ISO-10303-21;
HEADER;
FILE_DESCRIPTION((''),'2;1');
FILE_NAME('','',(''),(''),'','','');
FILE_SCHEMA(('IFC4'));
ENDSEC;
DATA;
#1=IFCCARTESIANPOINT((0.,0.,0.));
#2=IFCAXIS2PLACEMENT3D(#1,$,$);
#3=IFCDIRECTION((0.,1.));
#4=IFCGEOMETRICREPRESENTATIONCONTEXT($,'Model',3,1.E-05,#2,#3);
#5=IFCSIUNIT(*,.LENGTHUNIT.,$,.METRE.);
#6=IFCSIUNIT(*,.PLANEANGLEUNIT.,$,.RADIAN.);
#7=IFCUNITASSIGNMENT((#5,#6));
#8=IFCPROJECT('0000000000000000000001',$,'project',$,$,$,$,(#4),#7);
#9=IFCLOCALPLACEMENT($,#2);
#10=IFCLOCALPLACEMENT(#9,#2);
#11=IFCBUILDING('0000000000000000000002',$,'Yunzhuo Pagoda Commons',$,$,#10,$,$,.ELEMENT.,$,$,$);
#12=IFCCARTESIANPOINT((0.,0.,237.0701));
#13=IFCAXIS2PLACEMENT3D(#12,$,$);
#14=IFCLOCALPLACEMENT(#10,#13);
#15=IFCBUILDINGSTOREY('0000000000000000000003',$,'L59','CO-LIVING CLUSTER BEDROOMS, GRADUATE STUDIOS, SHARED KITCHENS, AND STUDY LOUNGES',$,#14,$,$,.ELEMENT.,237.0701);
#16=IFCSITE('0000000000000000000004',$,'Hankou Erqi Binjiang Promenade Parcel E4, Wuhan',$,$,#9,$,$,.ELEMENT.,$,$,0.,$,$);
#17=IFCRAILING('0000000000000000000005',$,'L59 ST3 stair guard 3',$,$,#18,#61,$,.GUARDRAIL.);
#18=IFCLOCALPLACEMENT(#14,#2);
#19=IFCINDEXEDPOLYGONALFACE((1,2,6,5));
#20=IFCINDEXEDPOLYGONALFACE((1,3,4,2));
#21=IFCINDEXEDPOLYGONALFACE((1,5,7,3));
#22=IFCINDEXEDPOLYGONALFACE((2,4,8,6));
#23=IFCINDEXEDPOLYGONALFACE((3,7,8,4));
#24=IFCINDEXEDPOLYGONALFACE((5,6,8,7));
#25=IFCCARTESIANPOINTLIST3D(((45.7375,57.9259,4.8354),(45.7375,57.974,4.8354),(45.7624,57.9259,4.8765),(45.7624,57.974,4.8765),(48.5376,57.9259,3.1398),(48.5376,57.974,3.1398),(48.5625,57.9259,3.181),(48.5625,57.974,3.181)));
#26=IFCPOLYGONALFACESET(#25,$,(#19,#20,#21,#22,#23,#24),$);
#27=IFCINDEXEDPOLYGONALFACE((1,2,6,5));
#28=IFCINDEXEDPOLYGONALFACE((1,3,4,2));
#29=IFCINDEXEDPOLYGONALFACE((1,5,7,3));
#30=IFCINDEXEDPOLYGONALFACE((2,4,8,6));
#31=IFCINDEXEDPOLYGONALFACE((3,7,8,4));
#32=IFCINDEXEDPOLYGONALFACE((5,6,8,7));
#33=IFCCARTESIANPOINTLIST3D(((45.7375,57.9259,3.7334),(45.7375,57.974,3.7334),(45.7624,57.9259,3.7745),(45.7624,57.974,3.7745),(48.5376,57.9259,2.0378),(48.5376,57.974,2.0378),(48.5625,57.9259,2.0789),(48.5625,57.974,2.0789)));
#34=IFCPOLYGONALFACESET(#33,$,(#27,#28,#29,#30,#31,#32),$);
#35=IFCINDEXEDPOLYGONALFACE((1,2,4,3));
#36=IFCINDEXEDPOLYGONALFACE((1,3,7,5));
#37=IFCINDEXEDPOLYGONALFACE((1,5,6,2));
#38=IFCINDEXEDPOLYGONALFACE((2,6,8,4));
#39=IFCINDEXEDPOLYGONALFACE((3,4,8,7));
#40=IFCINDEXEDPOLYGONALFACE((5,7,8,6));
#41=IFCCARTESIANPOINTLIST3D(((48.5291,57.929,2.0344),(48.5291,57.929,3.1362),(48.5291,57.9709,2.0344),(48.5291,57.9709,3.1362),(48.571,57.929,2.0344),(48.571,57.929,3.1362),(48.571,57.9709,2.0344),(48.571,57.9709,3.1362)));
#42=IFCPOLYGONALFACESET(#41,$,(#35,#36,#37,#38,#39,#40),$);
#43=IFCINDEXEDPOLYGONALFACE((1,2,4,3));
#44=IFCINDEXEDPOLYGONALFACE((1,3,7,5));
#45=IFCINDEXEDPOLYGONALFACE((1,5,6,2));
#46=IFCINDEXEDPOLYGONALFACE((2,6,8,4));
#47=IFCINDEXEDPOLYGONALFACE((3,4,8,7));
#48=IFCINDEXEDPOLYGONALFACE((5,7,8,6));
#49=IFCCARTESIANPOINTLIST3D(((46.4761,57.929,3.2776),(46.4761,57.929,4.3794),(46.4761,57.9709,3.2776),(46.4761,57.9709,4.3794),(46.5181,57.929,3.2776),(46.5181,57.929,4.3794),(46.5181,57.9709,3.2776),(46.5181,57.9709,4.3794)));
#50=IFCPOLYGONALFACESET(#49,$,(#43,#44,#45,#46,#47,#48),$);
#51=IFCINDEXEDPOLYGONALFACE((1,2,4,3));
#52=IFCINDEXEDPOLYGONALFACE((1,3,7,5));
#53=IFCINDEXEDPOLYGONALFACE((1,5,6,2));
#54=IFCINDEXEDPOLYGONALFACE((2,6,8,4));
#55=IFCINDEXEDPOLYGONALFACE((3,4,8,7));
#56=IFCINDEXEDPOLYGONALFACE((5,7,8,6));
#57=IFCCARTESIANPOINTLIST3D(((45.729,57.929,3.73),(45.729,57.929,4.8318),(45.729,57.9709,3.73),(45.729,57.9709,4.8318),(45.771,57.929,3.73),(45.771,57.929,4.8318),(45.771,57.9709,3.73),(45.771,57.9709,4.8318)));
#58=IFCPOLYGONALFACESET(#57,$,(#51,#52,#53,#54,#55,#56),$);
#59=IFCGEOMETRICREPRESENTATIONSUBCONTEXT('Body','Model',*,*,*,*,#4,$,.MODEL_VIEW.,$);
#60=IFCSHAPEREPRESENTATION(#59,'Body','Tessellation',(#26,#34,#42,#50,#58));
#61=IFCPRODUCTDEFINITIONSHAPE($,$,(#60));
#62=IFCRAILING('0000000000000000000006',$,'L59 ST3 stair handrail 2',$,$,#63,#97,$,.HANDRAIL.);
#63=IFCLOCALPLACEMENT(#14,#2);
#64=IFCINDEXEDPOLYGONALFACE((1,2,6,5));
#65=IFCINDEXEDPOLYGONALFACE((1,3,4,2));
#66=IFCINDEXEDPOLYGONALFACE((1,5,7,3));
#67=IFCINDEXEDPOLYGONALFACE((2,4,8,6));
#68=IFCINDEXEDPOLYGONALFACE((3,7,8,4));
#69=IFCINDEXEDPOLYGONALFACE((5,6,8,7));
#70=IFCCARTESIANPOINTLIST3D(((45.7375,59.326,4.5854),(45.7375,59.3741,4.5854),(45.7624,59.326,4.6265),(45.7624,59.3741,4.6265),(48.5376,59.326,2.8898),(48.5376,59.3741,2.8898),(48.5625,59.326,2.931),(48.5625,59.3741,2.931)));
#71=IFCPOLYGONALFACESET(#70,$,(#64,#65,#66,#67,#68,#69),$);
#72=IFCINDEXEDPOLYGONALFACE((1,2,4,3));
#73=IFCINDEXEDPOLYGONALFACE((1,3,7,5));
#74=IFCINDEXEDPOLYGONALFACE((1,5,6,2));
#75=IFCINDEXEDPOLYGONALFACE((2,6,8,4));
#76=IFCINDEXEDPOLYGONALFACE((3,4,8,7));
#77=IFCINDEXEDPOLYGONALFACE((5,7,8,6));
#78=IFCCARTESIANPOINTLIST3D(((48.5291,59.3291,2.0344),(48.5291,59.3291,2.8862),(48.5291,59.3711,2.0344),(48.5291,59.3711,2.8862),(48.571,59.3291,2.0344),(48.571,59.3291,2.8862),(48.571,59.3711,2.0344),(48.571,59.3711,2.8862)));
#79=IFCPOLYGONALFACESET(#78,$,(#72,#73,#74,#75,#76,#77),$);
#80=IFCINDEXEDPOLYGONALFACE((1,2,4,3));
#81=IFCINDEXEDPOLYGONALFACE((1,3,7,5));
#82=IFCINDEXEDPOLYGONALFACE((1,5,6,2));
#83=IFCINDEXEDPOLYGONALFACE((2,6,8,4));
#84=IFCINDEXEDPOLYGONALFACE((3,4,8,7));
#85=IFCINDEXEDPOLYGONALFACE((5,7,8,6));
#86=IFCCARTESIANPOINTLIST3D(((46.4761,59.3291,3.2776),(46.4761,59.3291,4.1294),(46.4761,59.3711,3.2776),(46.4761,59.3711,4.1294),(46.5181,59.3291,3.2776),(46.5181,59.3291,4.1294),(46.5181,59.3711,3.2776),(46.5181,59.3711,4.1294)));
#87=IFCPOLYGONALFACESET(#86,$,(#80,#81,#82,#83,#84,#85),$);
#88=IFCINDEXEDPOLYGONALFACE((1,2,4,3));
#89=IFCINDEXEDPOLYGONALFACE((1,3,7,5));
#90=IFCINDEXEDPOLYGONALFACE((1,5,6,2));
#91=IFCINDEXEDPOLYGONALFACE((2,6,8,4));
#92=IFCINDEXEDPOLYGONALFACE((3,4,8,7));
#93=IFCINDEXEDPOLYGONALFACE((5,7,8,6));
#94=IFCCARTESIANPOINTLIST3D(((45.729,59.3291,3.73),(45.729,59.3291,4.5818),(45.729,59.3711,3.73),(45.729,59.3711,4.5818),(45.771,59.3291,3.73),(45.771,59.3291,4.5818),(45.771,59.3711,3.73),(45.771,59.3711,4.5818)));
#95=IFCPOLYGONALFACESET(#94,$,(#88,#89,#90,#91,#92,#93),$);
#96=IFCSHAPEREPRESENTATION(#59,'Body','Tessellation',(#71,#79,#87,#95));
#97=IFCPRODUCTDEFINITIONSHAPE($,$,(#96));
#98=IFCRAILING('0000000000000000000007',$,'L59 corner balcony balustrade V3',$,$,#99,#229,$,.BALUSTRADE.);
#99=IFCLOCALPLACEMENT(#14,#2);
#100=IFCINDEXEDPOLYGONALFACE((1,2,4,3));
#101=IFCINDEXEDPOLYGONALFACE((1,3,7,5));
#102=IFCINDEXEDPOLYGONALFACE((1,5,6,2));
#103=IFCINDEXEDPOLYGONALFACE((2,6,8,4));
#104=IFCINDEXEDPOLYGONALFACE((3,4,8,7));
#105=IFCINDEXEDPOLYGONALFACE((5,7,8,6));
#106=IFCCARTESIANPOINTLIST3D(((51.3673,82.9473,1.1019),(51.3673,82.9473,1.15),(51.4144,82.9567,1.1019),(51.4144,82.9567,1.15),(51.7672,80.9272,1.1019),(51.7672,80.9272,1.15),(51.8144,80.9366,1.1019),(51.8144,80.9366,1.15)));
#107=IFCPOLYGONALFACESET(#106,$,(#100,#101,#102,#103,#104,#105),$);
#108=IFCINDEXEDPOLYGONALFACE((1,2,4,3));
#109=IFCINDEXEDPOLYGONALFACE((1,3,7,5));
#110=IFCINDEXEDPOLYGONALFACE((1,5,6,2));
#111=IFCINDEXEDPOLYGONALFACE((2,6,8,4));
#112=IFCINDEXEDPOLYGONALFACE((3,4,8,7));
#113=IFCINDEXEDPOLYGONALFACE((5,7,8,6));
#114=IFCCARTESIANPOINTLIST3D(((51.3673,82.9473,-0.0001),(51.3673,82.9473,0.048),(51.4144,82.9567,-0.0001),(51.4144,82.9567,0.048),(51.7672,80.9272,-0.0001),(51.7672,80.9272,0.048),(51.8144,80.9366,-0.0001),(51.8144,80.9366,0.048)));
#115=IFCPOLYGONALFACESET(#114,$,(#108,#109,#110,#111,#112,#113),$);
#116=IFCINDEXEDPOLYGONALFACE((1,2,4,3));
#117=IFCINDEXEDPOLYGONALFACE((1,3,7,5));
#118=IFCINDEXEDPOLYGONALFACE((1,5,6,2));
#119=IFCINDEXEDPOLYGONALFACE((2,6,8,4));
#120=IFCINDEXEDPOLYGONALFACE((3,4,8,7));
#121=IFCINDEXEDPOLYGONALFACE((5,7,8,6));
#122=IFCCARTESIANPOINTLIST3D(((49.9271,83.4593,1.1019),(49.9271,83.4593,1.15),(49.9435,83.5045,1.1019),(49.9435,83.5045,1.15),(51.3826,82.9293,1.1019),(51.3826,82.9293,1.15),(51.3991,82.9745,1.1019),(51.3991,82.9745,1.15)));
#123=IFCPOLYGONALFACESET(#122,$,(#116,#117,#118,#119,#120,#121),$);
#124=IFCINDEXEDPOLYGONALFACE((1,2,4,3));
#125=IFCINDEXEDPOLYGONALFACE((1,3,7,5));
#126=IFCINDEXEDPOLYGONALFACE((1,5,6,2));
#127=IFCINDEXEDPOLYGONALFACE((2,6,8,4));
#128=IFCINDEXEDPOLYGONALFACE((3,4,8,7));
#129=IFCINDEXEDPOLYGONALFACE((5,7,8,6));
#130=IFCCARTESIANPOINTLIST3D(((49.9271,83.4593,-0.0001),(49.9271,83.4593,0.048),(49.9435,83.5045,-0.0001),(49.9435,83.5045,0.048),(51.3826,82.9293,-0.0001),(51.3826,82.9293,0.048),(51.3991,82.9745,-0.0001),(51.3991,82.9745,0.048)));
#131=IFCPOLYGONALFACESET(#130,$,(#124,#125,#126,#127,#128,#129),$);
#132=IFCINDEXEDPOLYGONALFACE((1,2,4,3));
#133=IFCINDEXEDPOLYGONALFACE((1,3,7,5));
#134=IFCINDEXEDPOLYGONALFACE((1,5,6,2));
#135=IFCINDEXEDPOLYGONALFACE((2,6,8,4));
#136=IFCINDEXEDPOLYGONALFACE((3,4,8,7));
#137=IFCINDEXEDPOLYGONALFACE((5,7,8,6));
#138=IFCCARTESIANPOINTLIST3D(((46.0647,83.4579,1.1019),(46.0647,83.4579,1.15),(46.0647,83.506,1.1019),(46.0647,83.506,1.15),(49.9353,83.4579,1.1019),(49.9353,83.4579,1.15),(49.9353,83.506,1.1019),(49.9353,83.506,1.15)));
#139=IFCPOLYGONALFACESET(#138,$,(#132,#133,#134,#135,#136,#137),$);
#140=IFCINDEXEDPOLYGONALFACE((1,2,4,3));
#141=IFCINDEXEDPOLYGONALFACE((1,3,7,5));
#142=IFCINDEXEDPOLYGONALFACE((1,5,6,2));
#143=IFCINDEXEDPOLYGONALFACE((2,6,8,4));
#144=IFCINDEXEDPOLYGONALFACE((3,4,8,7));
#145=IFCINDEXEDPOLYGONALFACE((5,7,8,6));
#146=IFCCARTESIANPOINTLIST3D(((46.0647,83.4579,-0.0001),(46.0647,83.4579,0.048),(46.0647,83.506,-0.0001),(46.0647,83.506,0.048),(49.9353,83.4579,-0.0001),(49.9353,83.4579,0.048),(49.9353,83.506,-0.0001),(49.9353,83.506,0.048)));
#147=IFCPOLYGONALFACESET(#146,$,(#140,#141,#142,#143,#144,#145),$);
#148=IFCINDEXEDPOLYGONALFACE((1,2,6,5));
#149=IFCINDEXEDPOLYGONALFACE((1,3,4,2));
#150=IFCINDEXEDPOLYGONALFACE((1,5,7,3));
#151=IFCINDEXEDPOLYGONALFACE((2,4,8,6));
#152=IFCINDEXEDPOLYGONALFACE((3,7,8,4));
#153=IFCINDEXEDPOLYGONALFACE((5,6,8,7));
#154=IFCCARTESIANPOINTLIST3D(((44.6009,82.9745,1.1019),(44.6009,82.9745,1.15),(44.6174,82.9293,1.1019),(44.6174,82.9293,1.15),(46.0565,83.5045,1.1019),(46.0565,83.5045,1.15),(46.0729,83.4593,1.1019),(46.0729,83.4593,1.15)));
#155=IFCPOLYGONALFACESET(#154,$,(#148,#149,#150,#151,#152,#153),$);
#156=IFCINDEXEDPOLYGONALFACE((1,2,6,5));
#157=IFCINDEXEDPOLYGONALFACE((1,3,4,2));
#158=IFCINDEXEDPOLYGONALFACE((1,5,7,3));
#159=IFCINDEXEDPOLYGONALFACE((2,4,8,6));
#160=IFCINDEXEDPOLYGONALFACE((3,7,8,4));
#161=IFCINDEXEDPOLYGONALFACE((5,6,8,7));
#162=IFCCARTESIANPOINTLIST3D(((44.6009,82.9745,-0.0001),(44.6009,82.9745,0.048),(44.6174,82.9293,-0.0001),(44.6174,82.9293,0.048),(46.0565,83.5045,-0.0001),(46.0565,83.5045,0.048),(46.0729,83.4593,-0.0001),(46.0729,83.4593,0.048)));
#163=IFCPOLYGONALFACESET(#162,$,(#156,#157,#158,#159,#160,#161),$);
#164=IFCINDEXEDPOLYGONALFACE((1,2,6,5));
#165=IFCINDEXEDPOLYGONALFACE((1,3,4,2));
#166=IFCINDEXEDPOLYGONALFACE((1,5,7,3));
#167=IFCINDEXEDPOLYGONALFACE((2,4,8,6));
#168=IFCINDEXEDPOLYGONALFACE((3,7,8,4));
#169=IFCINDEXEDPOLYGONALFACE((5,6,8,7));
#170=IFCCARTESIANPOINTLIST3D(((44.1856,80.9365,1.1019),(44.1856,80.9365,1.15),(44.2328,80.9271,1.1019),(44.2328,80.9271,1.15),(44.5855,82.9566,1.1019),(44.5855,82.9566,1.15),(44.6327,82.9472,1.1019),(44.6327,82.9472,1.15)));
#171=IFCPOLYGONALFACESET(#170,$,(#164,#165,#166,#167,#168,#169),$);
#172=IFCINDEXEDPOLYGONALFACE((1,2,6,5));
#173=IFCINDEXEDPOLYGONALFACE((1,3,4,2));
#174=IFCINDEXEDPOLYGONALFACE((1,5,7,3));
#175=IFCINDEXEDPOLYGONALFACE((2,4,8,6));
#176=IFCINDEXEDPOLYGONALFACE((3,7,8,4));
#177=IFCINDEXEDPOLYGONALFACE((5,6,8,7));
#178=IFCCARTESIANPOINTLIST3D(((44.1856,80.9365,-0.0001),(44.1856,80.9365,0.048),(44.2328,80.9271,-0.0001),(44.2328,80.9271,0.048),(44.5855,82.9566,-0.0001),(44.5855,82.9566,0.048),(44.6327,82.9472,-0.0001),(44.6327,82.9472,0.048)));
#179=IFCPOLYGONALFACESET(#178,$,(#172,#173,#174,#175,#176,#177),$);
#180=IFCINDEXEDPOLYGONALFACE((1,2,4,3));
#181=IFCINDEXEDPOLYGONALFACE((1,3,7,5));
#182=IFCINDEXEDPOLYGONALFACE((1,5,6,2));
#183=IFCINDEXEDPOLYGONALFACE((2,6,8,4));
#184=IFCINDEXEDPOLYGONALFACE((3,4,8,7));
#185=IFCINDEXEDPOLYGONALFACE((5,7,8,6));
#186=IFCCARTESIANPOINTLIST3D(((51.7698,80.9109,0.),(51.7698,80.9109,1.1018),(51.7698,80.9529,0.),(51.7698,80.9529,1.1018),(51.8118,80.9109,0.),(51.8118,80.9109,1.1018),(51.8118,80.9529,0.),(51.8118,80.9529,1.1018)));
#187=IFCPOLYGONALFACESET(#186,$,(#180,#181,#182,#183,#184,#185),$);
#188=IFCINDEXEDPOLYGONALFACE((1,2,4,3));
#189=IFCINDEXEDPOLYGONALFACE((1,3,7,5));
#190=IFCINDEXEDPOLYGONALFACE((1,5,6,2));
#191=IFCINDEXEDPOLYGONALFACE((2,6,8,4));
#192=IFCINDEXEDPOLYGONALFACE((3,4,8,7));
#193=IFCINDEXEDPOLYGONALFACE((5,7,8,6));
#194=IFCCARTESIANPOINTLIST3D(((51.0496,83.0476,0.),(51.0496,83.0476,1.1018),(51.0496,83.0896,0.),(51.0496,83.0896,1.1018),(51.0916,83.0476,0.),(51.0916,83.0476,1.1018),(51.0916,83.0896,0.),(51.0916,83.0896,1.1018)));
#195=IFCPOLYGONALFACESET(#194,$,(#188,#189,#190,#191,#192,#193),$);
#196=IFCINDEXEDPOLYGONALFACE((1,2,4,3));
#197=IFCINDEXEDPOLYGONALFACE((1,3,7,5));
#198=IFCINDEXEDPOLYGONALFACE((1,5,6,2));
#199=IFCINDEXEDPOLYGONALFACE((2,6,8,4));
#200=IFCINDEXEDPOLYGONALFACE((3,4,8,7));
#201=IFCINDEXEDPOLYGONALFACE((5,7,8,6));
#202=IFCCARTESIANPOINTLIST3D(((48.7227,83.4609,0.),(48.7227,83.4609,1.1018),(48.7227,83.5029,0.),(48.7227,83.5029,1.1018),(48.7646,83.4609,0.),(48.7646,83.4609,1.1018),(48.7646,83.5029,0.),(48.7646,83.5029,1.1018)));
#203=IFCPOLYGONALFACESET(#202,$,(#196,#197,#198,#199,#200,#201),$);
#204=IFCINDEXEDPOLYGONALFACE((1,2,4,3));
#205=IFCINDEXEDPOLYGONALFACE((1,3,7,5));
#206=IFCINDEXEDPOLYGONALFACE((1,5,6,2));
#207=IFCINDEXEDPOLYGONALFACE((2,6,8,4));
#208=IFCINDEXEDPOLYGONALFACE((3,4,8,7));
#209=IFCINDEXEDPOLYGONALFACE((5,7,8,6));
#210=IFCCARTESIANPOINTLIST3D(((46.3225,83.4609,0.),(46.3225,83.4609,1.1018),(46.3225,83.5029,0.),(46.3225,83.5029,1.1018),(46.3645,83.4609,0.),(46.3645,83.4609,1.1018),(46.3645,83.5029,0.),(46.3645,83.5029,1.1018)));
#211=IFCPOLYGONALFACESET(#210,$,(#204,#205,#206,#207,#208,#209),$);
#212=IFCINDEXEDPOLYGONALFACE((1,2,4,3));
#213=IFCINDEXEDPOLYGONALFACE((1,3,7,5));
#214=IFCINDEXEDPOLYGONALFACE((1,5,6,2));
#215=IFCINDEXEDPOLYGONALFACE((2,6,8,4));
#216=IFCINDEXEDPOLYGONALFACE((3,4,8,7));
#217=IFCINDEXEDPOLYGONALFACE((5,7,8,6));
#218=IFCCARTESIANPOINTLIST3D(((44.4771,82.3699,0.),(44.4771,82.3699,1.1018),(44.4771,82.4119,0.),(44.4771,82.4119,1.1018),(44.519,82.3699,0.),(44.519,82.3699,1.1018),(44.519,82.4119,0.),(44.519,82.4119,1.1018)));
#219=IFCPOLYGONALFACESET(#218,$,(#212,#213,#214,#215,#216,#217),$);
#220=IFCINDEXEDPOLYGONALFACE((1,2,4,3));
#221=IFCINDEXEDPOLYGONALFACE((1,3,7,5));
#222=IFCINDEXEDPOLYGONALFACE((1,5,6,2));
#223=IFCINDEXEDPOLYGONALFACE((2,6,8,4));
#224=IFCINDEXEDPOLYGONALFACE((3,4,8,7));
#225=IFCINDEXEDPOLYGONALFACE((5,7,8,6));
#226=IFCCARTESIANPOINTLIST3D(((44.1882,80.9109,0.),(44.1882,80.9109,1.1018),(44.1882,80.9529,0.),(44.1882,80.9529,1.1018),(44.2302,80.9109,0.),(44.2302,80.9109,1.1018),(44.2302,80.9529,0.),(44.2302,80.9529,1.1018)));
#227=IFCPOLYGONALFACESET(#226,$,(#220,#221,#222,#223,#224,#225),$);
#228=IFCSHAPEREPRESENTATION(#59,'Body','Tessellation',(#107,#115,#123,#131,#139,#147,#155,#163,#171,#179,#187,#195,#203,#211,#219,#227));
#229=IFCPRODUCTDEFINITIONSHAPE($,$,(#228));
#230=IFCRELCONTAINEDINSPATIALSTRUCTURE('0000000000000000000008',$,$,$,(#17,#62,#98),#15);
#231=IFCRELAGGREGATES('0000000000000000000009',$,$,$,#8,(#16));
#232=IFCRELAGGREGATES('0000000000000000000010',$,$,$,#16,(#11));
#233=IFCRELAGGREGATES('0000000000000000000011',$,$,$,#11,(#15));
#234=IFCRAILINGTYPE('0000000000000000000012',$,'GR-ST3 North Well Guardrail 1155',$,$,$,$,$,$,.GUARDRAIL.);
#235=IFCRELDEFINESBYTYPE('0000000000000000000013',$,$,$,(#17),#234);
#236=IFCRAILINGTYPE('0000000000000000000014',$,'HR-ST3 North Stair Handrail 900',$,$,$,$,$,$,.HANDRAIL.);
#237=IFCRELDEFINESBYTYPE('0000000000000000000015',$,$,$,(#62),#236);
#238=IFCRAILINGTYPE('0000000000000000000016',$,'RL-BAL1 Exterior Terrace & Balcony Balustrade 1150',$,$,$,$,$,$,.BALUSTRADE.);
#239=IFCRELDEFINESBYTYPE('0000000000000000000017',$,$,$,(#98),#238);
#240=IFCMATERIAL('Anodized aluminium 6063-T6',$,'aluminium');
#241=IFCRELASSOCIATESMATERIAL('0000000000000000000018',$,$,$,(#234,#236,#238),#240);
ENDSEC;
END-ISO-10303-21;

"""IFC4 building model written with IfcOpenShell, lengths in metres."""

from ifc_helpers import new_model, si_unit, direction, frame, origin, origin_2d, place, context, subcontext, project, spatial, rectangle, extrude, material, type_object, element, save


model = new_model("IFC4")

# Units and contexts
model_context = context("Model", 3, precision=1e-05, world=origin(), true_north=direction((0.0, 1.0)))
body_context = subcontext(model_context, "Body", "Model", "MODEL_VIEW")
ifc_project = project(units=[si_unit("LENGTHUNIT", "METRE"), si_unit("PLANEANGLEUNIT", "RADIAN")], contexts=[model_context])

# Site, building, storey
site_placement = place(None, origin())
site = spatial("IfcSite", under=ifc_project, at=site_placement, Name="Hankou Erqi Binjiang Promenade Parcel E4, Wuhan", CompositionType="ELEMENT", RefElevation=0.0)
building_placement = place(site_placement, origin())
building = spatial("IfcBuilding", under=site, at=building_placement, Name="Yunzhuo Pagoda Commons", CompositionType="ELEMENT")
storey_placement = place(building_placement, frame((0.0, 0.0, 237.0701)))
storey = spatial("IfcBuildingStorey", under=building, at=storey_placement, Name="L59", Description="CO-LIVING CLUSTER BEDROOMS, GRADUATE STUDIOS, SHARED KITCHENS, AND STUDY LOUNGES", CompositionType="ELEMENT", Elevation=237.0701)

# Shared definitions
ifc_material_1 = material(Name="Anodized aluminium 6063-T6", Category="aluminium")

# Railings
railing_type_1 = type_object("IfcRailingType", Name="GR-ST3 North Well Guardrail 1155", PredefinedType="GUARDRAIL", material=ifc_material_1)
railing_1_placement = place(storey_placement, frame((48.55, 57.95, 2.0344)))
element("IfcRailing", 1, at=railing_1_placement, inside=storey, type_object=railing_type_1, Name="L59 ST3 stair guard 3", PredefinedType="GUARDRAIL", context=body_context, shape_type="SweptSolid", body=[
    extrude(rectangle(XDim=0.0481, YDim=0.0481, at=origin_2d()), frame((0.0, 0.0, 1.126), z_axis=(-0.855393, 0.0, 0.517979), x_axis=(0.0, -1.0, 0.0)), (0.0, 0.0, 1.0), 3.2734),
    extrude(rectangle(XDim=0.0481, YDim=0.0481, at=origin_2d()), frame((0.0, 0.0, 0.0239), z_axis=(-0.855393, 0.0, 0.517979), x_axis=(0.0, -1.0, 0.0)), (0.0, 0.0, 1.0), 3.2734),
    extrude(rectangle(XDim=0.042, YDim=0.042, at=origin_2d()), origin(), (0.0, 0.0, 1.0), 1.1018),
    extrude(rectangle(XDim=0.042, YDim=0.042, at=origin_2d()), frame((-2.053, 0.0, 1.2432)), (0.0, 0.0, 1.0), 1.1018),
    extrude(rectangle(XDim=0.042, YDim=0.042, at=origin_2d()), frame((-2.8, 0.0, 1.6956)), (0.0, 0.0, 1.0), 1.1018),
])
railing_type_2 = type_object("IfcRailingType", Name="HR-ST3 North Stair Handrail 900", PredefinedType="HANDRAIL", material=ifc_material_1)
railing_2_placement = place(storey_placement, frame((48.55, 59.3501, 2.0344)))
element("IfcRailing", 2, at=railing_2_placement, inside=storey, type_object=railing_type_2, Name="L59 ST3 stair handrail 2", PredefinedType="HANDRAIL", context=body_context, shape_type="SweptSolid", body=[
    extrude(rectangle(XDim=0.0481, YDim=0.0481, at=origin_2d()), frame((0.0, 0.0, 0.876), z_axis=(-0.855393, 0.0, 0.517979), x_axis=(0.0, -1.0, 0.0)), (0.0, 0.0, 1.0), 3.2734),
    extrude(rectangle(XDim=0.042, YDim=0.042, at=origin_2d()), origin(), (0.0, 0.0, 1.0), 0.8518),
    extrude(rectangle(XDim=0.042, YDim=0.042, at=origin_2d()), frame((-2.053, 0.0, 1.2432)), (0.0, 0.0, 1.0), 0.8518),
    extrude(rectangle(XDim=0.042, YDim=0.042, at=origin_2d()), frame((-2.8, 0.0, 1.6956)), (0.0, 0.0, 1.0), 0.8518),
])
railing_type_3 = type_object("IfcRailingType", Name="RL-BAL1 Exterior Terrace & Balcony Balustrade 1150", PredefinedType="BALUSTRADE", material=ifc_material_1)
railing_3_placement = place(storey_placement, frame((51.7908, 80.9319, 0.0)))
element("IfcRailing", 3, at=railing_3_placement, inside=storey, type_object=railing_type_3, Name="L59 corner balcony balustrade V3", PredefinedType="BALUSTRADE", context=body_context, shape_type="SweptSolid", body=[
    extrude(rectangle(XDim=0.0481, YDim=0.0481, at=origin_2d()), frame((0.0, 0.0, 1.126), z_axis=(-0.194201, 0.980962, 0.0), x_axis=(-0.980962, -0.194201, 0.0)), (0.0, 0.0, 1.0), 2.0593),
    extrude(rectangle(XDim=0.0481, YDim=0.0481, at=origin_2d()), frame((0.0, 0.0, 0.0239), z_axis=(-0.194201, 0.980962, 0.0), x_axis=(-0.980962, -0.194201, 0.0)), (0.0, 0.0, 1.0), 2.0593),
    extrude(rectangle(XDim=0.0481, YDim=0.0481, at=origin_2d()), frame((-0.3999, 2.02, 1.126), z_axis=(-0.939641, 0.342161, 0.0), x_axis=(-0.342161, -0.939641, 0.0)), (0.0, 0.0, 1.0), 1.5491),
    extrude(rectangle(XDim=0.0481, YDim=0.0481, at=origin_2d()), frame((-0.3999, 2.02, 0.0239), z_axis=(-0.939641, 0.342161, 0.0), x_axis=(-0.342161, -0.939641, 0.0)), (0.0, 0.0, 1.0), 1.5491),
    extrude(rectangle(XDim=0.0481, YDim=0.0481, at=origin_2d()), frame((-1.8555, 2.55, 1.126), z_axis=(-1.0, 0.0, 0.0), x_axis=(0.0, -1.0, 0.0)), (0.0, 0.0, 1.0), 3.8706),
    extrude(rectangle(XDim=0.0481, YDim=0.0481, at=origin_2d()), frame((-1.8555, 2.55, 0.0239), z_axis=(-1.0, 0.0, 0.0), x_axis=(0.0, -1.0, 0.0)), (0.0, 0.0, 1.0), 3.8706),
    extrude(rectangle(XDim=0.0481, YDim=0.0481, at=origin_2d()), frame((-5.7261, 2.55, 1.126), z_axis=(-0.939641, -0.342161, 0.0), x_axis=(0.342161, -0.939641, 0.0)), (0.0, 0.0, 1.0), 1.5491),
    extrude(rectangle(XDim=0.0481, YDim=0.0481, at=origin_2d()), frame((-5.7261, 2.55, 0.0239), z_axis=(-0.939641, -0.342161, 0.0), x_axis=(0.342161, -0.939641, 0.0)), (0.0, 0.0, 1.0), 1.5491),
    extrude(rectangle(XDim=0.0481, YDim=0.0481, at=origin_2d()), frame((-7.1816, 2.02, 1.126), z_axis=(-0.194201, -0.980962, 0.0), x_axis=(0.980962, -0.194201, 0.0)), (0.0, 0.0, 1.0), 2.0593),
    extrude(rectangle(XDim=0.0481, YDim=0.0481, at=origin_2d()), frame((-7.1816, 2.02, 0.0239), z_axis=(-0.194201, -0.980962, 0.0), x_axis=(0.980962, -0.194201, 0.0)), (0.0, 0.0, 1.0), 2.0593),
    extrude(rectangle(XDim=0.042, YDim=0.042, at=origin_2d()), origin(), (0.0, 0.0, 1.0), 1.1018),
    extrude(rectangle(XDim=0.042, YDim=0.042, at=origin_2d()), frame((-0.7202, 2.1367, 0.0)), (0.0, 0.0, 1.0), 1.1018),
    extrude(rectangle(XDim=0.042, YDim=0.042, at=origin_2d()), frame((-3.0471, 2.55, 0.0)), (0.0, 0.0, 1.0), 1.1018),
    extrude(rectangle(XDim=0.042, YDim=0.042, at=origin_2d()), frame((-5.4473, 2.55, 0.0)), (0.0, 0.0, 1.0), 1.1018),
    extrude(rectangle(XDim=0.042, YDim=0.042, at=origin_2d()), frame((-7.2927, 1.459, 0.0)), (0.0, 0.0, 1.0), 1.1018),
    extrude(rectangle(XDim=0.042, YDim=0.042, at=origin_2d()), frame((-7.5815, 0.0, 0.0)), (0.0, 0.0, 1.0), 1.1018),
])

save(model, "model.ifc")
